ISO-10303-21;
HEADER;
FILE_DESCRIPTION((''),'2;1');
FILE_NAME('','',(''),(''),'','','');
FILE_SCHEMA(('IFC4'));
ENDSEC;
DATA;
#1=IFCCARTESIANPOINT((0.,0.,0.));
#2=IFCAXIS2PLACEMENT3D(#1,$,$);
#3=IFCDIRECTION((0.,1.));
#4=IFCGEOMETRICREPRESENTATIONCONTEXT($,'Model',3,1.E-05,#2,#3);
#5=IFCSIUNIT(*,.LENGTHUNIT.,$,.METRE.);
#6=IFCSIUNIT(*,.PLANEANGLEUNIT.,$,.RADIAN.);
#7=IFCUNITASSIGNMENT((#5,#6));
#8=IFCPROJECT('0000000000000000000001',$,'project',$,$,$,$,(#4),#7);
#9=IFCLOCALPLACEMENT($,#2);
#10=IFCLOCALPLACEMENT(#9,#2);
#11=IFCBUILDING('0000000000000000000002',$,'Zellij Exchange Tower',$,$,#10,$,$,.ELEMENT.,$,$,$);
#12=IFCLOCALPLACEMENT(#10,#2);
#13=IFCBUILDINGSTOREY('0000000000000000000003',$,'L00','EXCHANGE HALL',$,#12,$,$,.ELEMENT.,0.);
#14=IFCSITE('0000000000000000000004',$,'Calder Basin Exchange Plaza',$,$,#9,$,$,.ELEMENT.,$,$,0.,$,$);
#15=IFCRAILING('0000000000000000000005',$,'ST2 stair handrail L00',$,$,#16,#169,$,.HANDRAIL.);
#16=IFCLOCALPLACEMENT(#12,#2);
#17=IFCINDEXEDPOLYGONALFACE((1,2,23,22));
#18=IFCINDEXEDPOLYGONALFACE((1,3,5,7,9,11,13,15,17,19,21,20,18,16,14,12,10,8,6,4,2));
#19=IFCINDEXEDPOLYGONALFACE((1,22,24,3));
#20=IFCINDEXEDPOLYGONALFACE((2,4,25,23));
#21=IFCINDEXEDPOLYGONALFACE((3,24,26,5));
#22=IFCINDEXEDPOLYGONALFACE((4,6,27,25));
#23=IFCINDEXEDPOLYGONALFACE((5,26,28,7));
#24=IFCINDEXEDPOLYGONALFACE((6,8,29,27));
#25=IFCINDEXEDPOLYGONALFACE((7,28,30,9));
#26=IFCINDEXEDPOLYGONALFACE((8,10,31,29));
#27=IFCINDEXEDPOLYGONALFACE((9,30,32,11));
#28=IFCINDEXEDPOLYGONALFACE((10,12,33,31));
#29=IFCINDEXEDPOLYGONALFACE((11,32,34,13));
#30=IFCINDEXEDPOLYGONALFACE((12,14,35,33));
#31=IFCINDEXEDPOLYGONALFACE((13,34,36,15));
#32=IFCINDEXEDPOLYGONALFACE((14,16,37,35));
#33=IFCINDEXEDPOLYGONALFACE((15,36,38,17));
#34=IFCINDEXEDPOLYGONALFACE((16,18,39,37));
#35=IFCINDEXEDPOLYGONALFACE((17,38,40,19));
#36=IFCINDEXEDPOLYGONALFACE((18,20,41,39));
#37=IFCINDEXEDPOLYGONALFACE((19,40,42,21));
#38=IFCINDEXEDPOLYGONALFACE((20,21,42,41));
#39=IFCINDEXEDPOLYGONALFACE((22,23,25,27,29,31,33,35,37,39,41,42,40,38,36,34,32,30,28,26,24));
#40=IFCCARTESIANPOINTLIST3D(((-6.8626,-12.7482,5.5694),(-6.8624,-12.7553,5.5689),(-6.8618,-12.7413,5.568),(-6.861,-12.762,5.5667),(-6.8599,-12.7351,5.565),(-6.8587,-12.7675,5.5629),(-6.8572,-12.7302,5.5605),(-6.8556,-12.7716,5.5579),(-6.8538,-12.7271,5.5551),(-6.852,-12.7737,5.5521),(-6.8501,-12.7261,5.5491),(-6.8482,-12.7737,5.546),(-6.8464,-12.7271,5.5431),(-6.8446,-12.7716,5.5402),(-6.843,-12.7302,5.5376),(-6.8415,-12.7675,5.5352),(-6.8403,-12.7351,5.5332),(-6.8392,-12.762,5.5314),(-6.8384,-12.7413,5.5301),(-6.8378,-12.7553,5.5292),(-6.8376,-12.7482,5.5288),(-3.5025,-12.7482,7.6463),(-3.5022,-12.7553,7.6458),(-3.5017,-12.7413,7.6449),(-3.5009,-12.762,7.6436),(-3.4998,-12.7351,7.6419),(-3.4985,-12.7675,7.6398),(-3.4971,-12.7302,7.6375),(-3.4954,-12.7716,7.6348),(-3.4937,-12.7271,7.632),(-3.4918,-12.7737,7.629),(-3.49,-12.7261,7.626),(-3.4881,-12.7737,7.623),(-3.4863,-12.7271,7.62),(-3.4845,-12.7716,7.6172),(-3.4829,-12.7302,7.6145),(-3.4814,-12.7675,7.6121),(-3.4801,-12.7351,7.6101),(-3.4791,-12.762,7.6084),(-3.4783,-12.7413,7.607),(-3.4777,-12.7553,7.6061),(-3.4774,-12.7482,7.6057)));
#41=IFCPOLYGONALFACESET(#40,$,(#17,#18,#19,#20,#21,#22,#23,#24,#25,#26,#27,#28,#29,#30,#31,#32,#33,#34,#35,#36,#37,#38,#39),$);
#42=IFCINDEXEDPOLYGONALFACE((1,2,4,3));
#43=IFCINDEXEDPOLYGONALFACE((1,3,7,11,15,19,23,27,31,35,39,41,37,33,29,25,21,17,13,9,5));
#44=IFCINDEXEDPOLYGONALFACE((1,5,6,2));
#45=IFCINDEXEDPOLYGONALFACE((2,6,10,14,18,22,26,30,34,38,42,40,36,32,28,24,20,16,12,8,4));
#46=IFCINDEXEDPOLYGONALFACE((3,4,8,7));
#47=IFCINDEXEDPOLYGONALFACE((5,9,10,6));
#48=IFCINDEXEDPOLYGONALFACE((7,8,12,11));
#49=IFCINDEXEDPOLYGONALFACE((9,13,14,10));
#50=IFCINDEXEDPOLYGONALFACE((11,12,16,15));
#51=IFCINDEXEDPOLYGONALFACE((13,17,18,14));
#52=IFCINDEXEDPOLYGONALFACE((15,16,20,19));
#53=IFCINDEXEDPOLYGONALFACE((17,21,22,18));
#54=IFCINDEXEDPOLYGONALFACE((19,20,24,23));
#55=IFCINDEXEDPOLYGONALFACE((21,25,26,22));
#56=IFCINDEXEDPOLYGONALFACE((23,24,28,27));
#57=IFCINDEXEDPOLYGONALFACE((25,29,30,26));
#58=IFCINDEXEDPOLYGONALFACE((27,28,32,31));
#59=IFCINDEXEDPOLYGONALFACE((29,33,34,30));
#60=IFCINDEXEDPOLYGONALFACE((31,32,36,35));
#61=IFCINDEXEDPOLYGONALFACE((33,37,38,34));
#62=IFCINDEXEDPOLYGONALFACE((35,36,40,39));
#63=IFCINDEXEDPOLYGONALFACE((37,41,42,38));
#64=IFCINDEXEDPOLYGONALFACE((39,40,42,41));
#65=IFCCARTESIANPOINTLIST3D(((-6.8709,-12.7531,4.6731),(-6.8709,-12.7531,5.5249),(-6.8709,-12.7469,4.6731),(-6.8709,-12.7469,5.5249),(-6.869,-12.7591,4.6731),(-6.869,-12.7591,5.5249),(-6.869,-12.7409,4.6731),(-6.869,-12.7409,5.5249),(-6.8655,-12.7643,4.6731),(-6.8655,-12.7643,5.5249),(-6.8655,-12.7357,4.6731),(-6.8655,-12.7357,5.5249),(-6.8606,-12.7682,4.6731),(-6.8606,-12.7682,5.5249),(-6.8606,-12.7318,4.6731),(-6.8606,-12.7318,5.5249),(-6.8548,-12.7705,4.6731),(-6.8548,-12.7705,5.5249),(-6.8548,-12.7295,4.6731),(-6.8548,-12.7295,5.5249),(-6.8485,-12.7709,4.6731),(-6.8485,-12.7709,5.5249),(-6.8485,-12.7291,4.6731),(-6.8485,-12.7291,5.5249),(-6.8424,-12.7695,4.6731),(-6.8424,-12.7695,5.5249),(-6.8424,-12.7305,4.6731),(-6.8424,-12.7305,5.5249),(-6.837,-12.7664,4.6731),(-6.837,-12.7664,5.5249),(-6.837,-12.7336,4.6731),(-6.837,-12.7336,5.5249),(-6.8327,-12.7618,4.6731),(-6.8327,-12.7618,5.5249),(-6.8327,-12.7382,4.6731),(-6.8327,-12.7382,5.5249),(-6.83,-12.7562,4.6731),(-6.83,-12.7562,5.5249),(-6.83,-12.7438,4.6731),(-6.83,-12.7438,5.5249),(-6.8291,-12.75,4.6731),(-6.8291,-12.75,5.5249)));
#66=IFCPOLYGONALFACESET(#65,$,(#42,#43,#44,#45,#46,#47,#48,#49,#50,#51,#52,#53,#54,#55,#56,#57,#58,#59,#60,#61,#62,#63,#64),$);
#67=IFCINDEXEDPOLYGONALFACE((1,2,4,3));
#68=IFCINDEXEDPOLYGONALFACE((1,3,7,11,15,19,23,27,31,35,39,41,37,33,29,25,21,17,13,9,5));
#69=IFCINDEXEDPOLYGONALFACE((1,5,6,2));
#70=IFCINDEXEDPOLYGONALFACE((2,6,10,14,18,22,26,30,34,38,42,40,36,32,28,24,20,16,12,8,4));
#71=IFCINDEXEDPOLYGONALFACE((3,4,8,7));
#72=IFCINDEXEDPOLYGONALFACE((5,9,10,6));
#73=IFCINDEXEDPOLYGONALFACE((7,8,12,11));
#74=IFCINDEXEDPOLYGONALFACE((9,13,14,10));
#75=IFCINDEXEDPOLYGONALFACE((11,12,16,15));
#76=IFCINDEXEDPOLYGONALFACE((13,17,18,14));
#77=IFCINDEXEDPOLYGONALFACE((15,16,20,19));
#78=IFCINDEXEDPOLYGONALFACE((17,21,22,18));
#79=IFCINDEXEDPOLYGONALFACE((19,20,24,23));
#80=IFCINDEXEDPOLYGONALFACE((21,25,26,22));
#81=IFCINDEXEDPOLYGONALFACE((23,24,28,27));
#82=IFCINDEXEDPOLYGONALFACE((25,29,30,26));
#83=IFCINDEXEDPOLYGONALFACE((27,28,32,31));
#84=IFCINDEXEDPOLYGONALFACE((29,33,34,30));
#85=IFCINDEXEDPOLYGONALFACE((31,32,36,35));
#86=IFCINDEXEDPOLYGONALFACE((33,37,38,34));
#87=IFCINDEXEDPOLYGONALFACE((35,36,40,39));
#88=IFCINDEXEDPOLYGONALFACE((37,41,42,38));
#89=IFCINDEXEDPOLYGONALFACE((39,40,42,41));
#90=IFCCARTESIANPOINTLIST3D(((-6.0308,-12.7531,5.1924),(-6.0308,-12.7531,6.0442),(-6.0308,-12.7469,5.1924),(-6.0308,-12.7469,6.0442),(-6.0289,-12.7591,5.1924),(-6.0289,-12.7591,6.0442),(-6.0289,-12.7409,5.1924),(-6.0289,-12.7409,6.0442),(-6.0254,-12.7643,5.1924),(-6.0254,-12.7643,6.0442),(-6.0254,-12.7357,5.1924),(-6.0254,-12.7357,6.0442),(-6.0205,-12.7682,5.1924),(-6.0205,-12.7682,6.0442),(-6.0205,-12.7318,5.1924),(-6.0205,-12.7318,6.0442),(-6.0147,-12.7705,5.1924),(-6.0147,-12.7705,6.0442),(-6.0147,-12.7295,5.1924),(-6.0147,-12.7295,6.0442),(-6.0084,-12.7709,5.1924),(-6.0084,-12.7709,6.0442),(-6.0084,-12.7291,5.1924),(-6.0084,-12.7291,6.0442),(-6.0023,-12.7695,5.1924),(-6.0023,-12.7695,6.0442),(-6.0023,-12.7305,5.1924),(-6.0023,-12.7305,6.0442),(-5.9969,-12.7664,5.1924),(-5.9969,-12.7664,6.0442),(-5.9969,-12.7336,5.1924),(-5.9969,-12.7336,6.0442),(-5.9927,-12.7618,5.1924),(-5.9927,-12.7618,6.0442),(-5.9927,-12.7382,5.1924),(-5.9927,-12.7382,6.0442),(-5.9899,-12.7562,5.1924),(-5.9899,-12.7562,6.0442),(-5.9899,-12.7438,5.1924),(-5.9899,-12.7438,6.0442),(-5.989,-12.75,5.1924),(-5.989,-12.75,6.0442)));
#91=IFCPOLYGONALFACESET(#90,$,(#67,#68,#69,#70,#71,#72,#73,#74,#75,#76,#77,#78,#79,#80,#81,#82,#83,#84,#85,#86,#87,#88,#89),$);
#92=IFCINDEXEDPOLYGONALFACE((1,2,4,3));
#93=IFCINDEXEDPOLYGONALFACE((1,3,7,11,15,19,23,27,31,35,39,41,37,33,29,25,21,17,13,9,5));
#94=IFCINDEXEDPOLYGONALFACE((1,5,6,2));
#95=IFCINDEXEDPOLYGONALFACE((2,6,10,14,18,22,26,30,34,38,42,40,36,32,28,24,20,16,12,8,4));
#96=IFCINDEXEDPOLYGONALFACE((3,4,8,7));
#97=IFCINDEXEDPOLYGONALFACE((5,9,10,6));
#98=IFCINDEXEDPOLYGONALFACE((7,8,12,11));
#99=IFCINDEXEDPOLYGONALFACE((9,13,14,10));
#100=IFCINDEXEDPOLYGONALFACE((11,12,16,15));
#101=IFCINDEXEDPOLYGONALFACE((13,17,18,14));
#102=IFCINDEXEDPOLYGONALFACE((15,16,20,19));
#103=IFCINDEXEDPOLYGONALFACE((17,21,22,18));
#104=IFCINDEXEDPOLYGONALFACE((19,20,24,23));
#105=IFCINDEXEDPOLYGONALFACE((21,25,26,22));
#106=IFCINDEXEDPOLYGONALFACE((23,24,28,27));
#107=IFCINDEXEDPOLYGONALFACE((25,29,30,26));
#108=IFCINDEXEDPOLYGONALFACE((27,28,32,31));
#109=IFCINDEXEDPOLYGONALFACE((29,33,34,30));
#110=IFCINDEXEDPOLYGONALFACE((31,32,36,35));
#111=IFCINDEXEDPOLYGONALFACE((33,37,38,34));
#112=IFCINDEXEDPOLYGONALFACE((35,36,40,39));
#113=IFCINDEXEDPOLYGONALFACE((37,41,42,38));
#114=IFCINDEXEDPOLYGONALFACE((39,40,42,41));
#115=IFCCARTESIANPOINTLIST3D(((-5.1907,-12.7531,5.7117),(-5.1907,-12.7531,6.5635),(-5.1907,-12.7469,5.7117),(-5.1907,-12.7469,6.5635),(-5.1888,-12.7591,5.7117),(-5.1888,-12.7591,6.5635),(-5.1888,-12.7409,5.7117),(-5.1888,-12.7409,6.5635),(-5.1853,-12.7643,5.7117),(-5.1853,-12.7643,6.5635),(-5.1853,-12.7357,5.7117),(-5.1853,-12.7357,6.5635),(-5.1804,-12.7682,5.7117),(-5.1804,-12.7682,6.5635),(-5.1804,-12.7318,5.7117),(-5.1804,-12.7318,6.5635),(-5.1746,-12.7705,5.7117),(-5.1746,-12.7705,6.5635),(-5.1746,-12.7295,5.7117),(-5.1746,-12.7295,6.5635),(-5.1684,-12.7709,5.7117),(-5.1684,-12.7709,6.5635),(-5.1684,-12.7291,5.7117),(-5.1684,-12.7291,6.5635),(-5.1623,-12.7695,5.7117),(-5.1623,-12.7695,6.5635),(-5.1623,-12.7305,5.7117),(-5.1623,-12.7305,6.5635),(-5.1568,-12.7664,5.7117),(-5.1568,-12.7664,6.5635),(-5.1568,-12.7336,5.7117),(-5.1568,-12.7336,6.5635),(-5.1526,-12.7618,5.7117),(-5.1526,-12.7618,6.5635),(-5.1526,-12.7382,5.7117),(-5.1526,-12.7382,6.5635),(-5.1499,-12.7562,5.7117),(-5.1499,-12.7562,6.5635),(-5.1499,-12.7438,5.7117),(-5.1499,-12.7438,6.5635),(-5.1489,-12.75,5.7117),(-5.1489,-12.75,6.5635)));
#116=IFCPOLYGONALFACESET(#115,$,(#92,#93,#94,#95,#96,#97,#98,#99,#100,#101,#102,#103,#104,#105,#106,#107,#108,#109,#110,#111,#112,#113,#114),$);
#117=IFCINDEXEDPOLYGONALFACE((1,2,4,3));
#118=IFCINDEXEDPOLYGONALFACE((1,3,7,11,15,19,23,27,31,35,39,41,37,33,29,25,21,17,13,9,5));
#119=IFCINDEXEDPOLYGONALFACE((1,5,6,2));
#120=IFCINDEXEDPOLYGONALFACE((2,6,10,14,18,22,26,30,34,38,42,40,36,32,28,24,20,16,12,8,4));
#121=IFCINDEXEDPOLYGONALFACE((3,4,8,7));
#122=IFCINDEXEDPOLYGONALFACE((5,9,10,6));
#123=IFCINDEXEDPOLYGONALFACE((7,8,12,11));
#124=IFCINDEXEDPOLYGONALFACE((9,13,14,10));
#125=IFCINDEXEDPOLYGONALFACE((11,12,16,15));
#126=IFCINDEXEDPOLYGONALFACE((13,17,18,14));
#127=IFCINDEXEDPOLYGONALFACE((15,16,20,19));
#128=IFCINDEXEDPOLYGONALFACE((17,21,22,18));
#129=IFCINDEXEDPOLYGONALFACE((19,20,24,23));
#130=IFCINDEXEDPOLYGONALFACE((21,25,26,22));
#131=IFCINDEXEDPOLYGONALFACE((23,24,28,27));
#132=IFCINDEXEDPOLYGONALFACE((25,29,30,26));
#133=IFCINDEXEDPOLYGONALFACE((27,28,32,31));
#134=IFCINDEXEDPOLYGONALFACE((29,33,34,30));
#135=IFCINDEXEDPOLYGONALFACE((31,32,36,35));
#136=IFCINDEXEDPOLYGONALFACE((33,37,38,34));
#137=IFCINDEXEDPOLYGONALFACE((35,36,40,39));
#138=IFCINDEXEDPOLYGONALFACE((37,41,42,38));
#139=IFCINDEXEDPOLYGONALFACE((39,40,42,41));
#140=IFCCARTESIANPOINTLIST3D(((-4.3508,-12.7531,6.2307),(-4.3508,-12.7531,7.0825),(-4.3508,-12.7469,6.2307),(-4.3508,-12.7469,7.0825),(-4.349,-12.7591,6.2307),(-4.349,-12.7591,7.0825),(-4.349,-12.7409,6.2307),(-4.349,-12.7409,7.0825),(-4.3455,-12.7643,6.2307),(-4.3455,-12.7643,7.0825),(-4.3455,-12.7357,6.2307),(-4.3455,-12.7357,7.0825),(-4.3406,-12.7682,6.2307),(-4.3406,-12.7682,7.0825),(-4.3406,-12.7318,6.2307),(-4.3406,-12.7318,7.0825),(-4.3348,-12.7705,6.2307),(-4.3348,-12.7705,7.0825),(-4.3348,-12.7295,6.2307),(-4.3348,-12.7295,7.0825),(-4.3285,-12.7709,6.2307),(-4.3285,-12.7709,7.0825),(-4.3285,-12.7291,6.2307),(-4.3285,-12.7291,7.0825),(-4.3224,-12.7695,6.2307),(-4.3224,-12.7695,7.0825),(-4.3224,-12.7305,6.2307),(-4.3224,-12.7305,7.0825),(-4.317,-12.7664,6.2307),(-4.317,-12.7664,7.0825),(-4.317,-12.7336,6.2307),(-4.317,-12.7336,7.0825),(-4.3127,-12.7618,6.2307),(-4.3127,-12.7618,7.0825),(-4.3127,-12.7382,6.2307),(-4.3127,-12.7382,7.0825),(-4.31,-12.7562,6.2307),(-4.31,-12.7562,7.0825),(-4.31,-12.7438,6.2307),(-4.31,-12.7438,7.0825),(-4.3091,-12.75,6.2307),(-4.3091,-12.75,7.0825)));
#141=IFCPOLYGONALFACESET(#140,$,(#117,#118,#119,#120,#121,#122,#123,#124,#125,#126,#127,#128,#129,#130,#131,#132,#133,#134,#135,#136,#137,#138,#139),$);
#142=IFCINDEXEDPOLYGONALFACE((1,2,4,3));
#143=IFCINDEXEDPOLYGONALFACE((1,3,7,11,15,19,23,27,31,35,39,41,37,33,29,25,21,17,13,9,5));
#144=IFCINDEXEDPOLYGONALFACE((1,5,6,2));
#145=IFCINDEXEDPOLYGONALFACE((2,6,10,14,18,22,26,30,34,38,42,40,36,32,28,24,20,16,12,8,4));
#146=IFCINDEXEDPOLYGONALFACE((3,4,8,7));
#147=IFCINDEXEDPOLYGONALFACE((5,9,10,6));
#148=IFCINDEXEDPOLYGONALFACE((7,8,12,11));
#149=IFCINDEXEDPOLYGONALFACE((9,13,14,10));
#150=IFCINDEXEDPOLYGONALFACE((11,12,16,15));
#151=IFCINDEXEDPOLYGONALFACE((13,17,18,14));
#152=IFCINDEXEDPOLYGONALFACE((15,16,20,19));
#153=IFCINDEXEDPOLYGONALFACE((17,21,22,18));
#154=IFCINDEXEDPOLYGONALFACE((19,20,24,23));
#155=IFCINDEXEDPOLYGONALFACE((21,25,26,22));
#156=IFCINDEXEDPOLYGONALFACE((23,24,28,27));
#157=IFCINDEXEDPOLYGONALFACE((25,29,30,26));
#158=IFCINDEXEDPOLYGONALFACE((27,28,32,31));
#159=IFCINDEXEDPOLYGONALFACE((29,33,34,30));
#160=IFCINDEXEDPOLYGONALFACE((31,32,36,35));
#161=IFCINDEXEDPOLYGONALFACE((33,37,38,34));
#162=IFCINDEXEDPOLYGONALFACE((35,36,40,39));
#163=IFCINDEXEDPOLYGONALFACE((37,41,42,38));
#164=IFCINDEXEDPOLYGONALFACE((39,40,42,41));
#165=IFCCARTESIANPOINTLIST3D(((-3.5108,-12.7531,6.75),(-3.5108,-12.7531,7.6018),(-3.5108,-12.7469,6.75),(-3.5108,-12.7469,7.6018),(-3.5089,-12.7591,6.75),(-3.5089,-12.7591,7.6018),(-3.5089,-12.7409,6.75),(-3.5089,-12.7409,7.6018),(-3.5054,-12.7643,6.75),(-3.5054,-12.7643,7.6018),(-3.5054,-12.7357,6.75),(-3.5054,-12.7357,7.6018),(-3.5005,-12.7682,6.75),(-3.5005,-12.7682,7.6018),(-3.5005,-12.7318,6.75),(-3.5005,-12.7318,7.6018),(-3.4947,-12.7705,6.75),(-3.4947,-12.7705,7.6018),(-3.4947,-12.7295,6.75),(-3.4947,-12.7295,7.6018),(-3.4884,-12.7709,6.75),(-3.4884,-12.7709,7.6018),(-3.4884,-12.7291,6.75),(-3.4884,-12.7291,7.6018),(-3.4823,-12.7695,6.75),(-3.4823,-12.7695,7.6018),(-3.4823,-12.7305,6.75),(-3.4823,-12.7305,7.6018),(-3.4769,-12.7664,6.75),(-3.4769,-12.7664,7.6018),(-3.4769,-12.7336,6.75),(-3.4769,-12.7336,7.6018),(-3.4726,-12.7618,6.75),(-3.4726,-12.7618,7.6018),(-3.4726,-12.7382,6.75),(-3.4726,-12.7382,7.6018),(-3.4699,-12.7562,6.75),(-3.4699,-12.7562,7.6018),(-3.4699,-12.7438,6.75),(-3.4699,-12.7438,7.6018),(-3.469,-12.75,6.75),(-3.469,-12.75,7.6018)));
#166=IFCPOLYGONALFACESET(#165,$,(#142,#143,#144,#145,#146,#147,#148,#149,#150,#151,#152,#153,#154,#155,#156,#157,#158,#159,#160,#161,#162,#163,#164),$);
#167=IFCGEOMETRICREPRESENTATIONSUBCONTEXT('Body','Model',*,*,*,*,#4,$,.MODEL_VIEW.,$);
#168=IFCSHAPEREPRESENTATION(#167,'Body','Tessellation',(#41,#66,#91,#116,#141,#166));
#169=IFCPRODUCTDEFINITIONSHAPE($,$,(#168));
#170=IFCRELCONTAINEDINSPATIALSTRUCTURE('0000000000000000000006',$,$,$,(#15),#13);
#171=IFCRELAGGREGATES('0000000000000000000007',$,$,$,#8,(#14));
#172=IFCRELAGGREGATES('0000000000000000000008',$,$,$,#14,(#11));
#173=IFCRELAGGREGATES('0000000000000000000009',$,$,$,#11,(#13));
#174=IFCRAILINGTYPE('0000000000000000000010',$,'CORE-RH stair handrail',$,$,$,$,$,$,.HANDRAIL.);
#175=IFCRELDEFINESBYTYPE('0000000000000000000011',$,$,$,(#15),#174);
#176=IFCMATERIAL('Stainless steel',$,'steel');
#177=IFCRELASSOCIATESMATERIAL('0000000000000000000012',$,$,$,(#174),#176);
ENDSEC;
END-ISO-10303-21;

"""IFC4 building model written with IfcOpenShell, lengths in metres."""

from ifc_helpers import new_model, si_unit, direction, frame, origin, origin_2d, place, context, subcontext, project, spatial, circle, extrude, material, type_object, element, save


model = new_model("IFC4")

# Units and contexts
model_context = context("Model", 3, precision=1e-05, world=origin(), true_north=direction((0.0, 1.0)))
body_context = subcontext(model_context, "Body", "Model", "MODEL_VIEW")
ifc_project = project(units=[si_unit("LENGTHUNIT", "METRE"), si_unit("PLANEANGLEUNIT", "RADIAN")], contexts=[model_context])

# Site, building, storey
site_placement = place(None, origin())
site = spatial("IfcSite", under=ifc_project, at=site_placement, Name="Calder Basin Exchange Plaza", CompositionType="ELEMENT", RefElevation=0.0)
building_placement = place(site_placement, origin())
building = spatial("IfcBuilding", under=site, at=building_placement, Name="Zellij Exchange Tower", CompositionType="ELEMENT")
storey_placement = place(building_placement, origin())
storey = spatial("IfcBuildingStorey", under=building, at=storey_placement, Name="L00", Description="EXCHANGE HALL", CompositionType="ELEMENT", Elevation=0.0)

# Railing
ifc_material_1 = material(Name="Stainless steel", Category="steel")
railing_type_1 = type_object("IfcRailingType", Name="CORE-RH stair handrail", PredefinedType="HANDRAIL", material=ifc_material_1)
railing_1_placement = place(storey_placement, frame((-6.8501, -12.75, 4.6731)))
element("IfcRailing", 1, at=railing_1_placement, inside=storey, type_object=railing_type_1, Name="ST2 stair handrail L00", PredefinedType="HANDRAIL", context=body_context, shape_type="SweptSolid", body=[
    extrude(circle(Radius=0.0239, at=origin_2d()), frame((0.0, 0.0, 0.876), z_axis=(0.850623, 0.0, 0.525776), x_axis=(0.0, 1.0, 0.0)), (0.0, 0.0, 1.0), 3.9502),
    extrude(circle(Radius=0.021, at=origin_2d()), origin(), (0.0, 0.0, 1.0), 0.8518),
    extrude(circle(Radius=0.021, at=origin_2d()), frame((0.8401, 0.0, 0.5193)), (0.0, 0.0, 1.0), 0.8518),
    extrude(circle(Radius=0.021, at=origin_2d()), frame((1.6802, 0.0, 1.0386)), (0.0, 0.0, 1.0), 0.8518),
    extrude(circle(Radius=0.021, at=origin_2d()), frame((2.52, 0.0, 1.5576)), (0.0, 0.0, 1.0), 0.8518),
    extrude(circle(Radius=0.021, at=origin_2d()), frame((3.3601, 0.0, 2.0769)), (0.0, 0.0, 1.0), 0.8518),
])

save(model, "model.ifc")
